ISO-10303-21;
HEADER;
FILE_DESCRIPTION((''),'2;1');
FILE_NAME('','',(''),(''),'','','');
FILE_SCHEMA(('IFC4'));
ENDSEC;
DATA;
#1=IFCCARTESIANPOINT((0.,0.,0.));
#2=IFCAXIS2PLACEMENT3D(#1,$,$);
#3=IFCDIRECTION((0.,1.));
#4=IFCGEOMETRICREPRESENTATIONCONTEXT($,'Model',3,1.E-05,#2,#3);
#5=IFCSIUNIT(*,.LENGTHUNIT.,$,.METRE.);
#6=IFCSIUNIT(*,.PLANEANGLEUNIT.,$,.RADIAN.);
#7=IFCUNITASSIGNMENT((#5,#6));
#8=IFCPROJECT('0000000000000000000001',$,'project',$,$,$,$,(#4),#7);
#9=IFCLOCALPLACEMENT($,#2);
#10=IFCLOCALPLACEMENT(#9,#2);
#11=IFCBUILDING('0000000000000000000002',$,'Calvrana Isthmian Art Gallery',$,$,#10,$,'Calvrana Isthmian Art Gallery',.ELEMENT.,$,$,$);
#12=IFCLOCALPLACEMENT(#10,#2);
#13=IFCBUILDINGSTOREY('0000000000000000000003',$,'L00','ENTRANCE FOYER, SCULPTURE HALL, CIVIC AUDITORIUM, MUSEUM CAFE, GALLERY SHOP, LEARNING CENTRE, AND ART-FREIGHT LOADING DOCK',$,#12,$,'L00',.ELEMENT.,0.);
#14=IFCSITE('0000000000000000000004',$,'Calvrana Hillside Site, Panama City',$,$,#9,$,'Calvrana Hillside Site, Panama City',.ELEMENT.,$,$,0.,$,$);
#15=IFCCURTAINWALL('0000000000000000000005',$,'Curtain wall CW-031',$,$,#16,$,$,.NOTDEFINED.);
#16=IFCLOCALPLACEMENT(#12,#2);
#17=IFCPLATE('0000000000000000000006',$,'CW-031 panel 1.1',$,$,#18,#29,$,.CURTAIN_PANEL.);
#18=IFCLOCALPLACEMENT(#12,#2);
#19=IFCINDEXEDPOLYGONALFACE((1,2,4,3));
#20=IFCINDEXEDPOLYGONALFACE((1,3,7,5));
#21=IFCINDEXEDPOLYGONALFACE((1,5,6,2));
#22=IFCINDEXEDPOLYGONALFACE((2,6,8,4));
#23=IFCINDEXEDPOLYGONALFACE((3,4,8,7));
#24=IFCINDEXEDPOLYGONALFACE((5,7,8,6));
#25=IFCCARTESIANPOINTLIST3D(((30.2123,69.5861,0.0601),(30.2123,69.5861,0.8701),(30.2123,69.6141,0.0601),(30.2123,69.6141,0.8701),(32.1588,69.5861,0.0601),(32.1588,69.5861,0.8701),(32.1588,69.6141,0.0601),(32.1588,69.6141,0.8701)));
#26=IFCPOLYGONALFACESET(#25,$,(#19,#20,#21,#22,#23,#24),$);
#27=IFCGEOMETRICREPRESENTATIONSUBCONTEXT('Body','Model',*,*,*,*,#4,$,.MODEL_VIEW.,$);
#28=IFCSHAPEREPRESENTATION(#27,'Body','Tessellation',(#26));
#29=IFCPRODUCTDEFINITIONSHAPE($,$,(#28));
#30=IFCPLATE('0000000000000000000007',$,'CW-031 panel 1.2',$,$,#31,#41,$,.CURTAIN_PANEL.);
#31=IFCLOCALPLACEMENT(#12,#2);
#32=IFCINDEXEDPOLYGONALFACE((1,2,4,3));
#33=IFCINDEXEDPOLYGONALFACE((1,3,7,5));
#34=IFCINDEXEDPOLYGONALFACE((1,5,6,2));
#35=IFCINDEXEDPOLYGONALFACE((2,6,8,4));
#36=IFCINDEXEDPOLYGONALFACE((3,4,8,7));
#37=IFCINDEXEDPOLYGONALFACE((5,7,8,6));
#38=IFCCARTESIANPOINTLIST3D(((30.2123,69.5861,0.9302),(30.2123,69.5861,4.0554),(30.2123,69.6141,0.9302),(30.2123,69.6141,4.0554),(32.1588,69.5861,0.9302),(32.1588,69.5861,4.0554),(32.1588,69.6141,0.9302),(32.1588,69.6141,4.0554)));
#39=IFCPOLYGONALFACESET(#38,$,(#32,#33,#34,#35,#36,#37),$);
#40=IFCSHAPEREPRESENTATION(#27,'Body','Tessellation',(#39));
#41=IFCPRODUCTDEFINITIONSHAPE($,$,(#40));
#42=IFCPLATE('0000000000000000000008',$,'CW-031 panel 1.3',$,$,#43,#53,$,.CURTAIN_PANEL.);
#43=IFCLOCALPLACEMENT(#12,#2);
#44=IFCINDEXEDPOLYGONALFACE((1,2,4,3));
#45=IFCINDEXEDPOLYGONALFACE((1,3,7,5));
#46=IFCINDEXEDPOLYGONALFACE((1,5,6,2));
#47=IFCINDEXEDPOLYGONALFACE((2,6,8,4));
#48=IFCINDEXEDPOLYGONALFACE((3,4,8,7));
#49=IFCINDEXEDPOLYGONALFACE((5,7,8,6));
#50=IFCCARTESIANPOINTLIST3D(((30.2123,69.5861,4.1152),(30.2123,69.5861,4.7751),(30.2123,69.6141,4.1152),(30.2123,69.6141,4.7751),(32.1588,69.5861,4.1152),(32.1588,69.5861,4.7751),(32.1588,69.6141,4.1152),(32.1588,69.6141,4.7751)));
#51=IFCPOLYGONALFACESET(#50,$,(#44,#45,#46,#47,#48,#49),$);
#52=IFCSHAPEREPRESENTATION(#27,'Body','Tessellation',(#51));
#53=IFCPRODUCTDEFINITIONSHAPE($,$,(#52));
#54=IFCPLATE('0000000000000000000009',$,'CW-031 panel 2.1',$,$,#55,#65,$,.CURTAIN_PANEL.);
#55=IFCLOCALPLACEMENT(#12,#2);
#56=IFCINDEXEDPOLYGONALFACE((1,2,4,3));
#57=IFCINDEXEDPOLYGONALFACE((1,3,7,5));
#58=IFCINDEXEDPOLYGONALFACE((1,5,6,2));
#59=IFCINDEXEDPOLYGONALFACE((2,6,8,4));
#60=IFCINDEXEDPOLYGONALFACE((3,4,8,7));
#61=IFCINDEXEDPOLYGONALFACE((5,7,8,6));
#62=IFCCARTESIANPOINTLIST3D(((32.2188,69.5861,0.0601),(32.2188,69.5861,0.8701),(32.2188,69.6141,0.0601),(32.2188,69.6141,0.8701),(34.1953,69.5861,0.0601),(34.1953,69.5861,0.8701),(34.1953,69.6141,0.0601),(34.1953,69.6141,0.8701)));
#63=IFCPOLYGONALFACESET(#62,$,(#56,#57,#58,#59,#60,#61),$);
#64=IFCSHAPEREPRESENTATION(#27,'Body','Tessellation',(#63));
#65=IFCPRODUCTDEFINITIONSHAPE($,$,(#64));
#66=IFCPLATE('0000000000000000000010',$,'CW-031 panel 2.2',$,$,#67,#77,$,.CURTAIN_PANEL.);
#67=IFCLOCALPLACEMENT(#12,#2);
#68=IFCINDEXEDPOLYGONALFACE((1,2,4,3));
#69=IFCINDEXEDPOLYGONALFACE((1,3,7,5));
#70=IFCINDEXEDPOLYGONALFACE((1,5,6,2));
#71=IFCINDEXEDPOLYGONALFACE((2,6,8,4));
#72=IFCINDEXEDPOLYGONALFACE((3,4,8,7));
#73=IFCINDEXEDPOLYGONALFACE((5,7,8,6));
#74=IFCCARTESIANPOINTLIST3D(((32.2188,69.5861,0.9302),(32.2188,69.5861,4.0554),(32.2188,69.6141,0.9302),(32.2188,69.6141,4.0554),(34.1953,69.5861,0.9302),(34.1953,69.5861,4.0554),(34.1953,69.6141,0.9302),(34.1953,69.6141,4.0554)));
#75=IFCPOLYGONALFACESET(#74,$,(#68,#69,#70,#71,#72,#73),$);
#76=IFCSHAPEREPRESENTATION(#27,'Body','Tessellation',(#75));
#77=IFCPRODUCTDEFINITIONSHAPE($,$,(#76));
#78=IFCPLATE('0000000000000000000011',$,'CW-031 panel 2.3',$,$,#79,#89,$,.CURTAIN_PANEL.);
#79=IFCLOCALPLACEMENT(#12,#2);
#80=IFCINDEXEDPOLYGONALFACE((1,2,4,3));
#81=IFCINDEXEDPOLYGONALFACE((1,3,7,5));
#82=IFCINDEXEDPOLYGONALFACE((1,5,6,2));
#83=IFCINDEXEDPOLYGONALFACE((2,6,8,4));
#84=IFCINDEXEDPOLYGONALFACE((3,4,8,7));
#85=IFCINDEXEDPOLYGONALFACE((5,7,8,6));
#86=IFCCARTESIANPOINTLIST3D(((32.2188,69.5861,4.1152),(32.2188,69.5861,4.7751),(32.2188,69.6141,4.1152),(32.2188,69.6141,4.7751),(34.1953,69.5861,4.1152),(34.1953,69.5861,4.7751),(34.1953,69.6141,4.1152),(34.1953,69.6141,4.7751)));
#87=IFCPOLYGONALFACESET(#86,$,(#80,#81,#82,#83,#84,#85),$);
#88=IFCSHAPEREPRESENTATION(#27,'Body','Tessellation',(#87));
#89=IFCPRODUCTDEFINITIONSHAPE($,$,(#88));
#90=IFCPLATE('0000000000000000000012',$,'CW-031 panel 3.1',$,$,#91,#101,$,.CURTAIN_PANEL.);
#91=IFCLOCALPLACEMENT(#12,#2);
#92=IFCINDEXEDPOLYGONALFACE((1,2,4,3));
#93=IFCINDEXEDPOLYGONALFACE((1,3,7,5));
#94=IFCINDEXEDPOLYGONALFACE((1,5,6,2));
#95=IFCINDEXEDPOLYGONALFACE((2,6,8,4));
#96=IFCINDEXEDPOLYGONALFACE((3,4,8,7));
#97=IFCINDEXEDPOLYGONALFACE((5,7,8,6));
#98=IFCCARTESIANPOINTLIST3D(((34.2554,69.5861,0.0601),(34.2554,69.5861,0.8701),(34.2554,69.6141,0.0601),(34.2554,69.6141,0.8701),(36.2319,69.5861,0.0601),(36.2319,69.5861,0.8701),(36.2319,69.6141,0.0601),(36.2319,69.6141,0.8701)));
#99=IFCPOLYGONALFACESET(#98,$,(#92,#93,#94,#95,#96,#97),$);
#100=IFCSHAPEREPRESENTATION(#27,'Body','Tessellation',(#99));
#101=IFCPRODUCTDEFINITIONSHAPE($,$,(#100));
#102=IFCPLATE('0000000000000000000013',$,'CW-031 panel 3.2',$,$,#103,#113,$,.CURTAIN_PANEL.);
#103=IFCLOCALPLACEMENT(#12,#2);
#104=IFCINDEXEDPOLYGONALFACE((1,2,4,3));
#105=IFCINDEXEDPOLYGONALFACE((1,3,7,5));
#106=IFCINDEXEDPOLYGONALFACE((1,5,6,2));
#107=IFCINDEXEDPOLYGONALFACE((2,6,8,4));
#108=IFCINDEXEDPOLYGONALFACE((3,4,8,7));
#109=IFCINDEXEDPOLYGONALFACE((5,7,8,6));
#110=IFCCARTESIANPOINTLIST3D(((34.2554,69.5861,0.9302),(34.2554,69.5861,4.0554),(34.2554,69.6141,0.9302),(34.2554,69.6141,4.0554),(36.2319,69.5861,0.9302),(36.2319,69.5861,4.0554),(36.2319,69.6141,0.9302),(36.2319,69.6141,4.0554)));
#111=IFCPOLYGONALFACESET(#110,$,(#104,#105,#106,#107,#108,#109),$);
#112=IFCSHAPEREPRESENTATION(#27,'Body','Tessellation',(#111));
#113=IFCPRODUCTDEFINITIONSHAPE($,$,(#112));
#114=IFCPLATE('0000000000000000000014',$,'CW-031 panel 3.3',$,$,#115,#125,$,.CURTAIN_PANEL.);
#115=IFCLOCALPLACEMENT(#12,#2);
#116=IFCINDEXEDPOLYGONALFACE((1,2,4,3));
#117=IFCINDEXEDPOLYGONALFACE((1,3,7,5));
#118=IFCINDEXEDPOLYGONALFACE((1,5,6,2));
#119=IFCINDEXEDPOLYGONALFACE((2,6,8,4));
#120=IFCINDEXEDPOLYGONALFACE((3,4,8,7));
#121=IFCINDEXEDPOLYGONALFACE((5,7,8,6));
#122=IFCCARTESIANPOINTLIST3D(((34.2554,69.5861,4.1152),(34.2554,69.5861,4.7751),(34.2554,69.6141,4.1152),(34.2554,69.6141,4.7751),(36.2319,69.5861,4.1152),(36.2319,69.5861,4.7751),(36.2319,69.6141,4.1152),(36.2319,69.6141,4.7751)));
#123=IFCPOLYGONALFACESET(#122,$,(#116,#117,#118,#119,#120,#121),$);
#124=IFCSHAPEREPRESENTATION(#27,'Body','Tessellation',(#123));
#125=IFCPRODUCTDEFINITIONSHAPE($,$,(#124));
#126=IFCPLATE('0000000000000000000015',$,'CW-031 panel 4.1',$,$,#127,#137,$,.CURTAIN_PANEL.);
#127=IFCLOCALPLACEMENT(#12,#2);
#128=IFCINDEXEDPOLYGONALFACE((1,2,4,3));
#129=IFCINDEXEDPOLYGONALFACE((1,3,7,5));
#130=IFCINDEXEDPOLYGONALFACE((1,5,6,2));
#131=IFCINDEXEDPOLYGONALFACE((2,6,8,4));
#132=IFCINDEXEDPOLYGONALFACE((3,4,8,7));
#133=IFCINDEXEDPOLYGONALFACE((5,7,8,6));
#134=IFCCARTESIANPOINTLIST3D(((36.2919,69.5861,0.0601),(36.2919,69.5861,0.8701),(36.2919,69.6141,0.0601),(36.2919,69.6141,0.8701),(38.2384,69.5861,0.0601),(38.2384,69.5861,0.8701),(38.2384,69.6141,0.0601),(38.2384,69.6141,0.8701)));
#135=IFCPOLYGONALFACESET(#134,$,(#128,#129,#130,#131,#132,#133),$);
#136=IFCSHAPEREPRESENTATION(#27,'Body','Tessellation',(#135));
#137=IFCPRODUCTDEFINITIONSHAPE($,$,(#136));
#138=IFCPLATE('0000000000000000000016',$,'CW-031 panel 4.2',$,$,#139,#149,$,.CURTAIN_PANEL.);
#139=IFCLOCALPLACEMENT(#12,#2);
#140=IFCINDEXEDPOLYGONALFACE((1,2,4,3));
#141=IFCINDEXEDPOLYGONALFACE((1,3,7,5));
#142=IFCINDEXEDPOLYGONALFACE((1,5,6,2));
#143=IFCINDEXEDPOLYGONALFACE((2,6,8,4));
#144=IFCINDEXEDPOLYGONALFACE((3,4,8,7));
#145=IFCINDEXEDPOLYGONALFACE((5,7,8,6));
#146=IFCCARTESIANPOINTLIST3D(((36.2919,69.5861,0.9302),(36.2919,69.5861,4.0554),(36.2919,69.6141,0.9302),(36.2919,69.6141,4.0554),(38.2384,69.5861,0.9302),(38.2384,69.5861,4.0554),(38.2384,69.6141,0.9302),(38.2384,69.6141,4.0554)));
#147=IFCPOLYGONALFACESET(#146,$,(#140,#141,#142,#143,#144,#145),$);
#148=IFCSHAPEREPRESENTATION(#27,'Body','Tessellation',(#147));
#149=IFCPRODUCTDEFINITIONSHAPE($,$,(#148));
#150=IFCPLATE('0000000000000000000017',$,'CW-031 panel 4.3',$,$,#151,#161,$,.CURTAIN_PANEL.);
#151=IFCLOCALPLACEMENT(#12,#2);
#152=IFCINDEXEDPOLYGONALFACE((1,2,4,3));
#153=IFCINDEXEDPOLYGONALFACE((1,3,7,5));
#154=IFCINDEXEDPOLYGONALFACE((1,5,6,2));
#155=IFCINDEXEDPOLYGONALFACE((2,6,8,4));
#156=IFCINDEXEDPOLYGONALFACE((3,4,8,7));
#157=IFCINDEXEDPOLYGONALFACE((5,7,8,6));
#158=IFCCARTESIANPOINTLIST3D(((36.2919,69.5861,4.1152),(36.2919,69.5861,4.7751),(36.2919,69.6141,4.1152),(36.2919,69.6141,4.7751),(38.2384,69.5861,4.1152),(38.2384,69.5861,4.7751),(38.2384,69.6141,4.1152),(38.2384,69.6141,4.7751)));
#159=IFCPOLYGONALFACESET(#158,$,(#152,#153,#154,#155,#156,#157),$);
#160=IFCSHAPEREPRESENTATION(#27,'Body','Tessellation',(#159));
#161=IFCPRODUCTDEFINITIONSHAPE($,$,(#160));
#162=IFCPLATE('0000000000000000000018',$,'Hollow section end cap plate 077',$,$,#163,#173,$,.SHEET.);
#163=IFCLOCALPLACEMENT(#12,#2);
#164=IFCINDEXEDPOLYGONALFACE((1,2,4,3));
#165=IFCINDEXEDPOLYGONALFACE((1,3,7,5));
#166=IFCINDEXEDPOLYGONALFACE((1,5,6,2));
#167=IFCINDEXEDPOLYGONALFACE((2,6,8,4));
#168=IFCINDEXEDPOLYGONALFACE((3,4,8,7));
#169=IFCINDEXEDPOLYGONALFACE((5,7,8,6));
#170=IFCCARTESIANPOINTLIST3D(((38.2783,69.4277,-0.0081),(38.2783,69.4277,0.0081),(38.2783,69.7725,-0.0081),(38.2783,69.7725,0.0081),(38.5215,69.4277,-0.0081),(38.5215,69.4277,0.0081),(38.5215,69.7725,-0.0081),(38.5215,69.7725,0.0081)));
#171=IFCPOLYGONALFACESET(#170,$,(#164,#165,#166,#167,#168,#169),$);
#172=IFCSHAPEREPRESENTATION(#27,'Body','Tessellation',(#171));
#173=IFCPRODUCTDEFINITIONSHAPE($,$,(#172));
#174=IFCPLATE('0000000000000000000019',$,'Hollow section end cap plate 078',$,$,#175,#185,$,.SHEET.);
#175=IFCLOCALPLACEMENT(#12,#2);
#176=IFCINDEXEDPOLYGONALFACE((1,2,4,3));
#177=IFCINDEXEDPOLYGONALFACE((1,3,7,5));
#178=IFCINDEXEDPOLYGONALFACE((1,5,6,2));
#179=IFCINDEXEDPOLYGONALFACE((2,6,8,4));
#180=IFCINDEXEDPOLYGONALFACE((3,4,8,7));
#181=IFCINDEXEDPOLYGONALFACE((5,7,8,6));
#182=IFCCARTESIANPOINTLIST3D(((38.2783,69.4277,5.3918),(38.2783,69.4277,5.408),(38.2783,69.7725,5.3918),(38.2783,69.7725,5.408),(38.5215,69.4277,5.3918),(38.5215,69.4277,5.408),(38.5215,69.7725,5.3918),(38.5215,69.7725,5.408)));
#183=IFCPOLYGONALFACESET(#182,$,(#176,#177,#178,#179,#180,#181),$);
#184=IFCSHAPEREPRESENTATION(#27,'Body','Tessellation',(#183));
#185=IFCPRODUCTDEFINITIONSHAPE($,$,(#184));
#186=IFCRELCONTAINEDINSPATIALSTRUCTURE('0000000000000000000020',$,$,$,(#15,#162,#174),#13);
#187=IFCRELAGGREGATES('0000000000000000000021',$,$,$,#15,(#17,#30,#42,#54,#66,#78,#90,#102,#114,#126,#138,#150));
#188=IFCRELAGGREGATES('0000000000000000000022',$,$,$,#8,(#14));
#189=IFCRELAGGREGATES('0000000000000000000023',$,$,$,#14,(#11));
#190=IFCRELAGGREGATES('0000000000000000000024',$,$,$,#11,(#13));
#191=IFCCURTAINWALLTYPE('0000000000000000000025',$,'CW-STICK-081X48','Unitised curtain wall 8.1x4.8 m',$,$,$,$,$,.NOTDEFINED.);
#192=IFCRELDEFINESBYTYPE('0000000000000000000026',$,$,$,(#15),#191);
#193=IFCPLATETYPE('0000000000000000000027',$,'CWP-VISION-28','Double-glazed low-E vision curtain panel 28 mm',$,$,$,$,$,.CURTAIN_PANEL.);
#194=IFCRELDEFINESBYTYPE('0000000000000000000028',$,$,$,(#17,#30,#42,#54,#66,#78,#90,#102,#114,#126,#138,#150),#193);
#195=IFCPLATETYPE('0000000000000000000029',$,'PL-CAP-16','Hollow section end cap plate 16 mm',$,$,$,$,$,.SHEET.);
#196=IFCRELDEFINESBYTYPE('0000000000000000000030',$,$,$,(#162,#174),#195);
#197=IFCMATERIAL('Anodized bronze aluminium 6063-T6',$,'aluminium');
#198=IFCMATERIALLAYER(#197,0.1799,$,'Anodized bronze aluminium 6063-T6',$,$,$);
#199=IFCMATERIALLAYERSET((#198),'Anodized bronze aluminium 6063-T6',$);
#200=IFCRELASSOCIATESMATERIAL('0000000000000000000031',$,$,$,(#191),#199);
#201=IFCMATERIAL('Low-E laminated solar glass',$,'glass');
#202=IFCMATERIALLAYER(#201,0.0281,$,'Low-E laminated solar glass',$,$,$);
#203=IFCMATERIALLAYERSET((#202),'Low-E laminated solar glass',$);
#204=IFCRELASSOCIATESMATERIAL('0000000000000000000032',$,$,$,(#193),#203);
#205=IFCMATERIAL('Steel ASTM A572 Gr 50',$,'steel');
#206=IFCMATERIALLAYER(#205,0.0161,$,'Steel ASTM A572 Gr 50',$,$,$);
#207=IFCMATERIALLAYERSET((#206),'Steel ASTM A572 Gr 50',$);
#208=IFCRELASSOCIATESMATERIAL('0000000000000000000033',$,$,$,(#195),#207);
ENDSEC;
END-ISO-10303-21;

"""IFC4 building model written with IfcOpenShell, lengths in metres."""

from ifc_helpers import new_model, si_unit, direction, frame, origin, origin_2d, place, context, subcontext, project, spatial, rectangle, extrude, material, layer, layer_set, type_object, element, aggregate, save


model = new_model("IFC4")

# Units and contexts
model_context = context("Model", 3, precision=1e-05, world=origin(), true_north=direction((0.0, 1.0)))
body_context = subcontext(model_context, "Body", "Model", "MODEL_VIEW")
ifc_project = project(units=[si_unit("LENGTHUNIT", "METRE"), si_unit("PLANEANGLEUNIT", "RADIAN")], contexts=[model_context])

# Site, building, storey
site_placement = place(None, origin())
site = spatial("IfcSite", under=ifc_project, at=site_placement, Name="Calvrana Hillside Site, Panama City", LongName="Calvrana Hillside Site, Panama City", CompositionType="ELEMENT", RefElevation=0.0)
building_placement = place(site_placement, origin())
building = spatial("IfcBuilding", under=site, at=building_placement, Name="Calvrana Isthmian Art Gallery", LongName="Calvrana Isthmian Art Gallery", CompositionType="ELEMENT")
storey_placement = place(building_placement, origin())
storey = spatial("IfcBuildingStorey", under=building, at=storey_placement, Name="L00", Description="ENTRANCE FOYER, SCULPTURE HALL, CIVIC AUDITORIUM, MUSEUM CAFE, GALLERY SHOP, LEARNING CENTRE, AND ART-FREIGHT LOADING DOCK", LongName="L00", CompositionType="ELEMENT", Elevation=0.0)

# Curtain wall, plates
ifc_material_1 = material(Name="Anodized bronze aluminium 6063-T6", Category="aluminium")
ifc_layer_1 = layer(ifc_material_1, 0.1799, Name="Anodized bronze aluminium 6063-T6")
ifc_layer_set_1 = layer_set([ifc_layer_1], Name="Anodized bronze aluminium 6063-T6")
curtain_wall_type = type_object("IfcCurtainWallType", Name="CW-STICK-081X48", Description="Unitised curtain wall 8.1x4.8 m", PredefinedType="NOTDEFINED", material=ifc_layer_set_1)
curtain_wall_placement = place(storey_placement, origin())
curtain_wall = element("IfcCurtainWall", 1, at=curtain_wall_placement, inside=storey, type_object=curtain_wall_type, Name="Curtain wall CW-031", PredefinedType="NOTDEFINED")
ifc_material_2 = material(Name="Low-E laminated solar glass", Category="glass")
ifc_layer_2 = layer(ifc_material_2, 0.0281, Name="Low-E laminated solar glass")
ifc_layer_set_2 = layer_set([ifc_layer_2], Name="Low-E laminated solar glass")
plate_type_1 = type_object("IfcPlateType", Name="CWP-VISION-28", Description="Double-glazed low-E vision curtain panel 28 mm", PredefinedType="CURTAIN_PANEL", material=ifc_layer_set_2)
plate_1_placement = place(storey_placement, frame((31.1855, 69.6001, 0.0601), z_axis=(0.0, 0.0, 1.0), x_axis=(1.0, 0.0, 0.0)))
plate_1 = element("IfcPlate", 2, at=plate_1_placement, type_object=plate_type_1, Name="CW-031 panel 1.1", PredefinedType="CURTAIN_PANEL", context=body_context, shape_type="SweptSolid", body=[
    extrude(rectangle(XDim=1.9465, YDim=0.0281, at=origin_2d()), origin(), (0.0, 0.0, 1.0), 0.8101),
])
plate_2_placement = place(storey_placement, frame((31.1855, 69.6001, 0.9302), z_axis=(0.0, 0.0, 1.0), x_axis=(1.0, 0.0, 0.0)))
plate_2 = element("IfcPlate", 3, at=plate_2_placement, type_object=plate_type_1, Name="CW-031 panel 1.2", PredefinedType="CURTAIN_PANEL", context=body_context, shape_type="SweptSolid", body=[
    extrude(rectangle(XDim=1.9465, YDim=0.0281, at=origin_2d()), origin(), (0.0, 0.0, 1.0), 3.1252),
])
plate_3_placement = place(storey_placement, frame((31.1855, 69.6001, 4.1152), z_axis=(0.0, 0.0, 1.0), x_axis=(1.0, 0.0, 0.0)))
plate_3 = element("IfcPlate", 4, at=plate_3_placement, type_object=plate_type_1, Name="CW-031 panel 1.3", PredefinedType="CURTAIN_PANEL", context=body_context, shape_type="SweptSolid", body=[
    extrude(rectangle(XDim=1.9465, YDim=0.0281, at=origin_2d()), origin(), (0.0, 0.0, 1.0), 0.6599),
])
plate_4_placement = place(storey_placement, frame((33.207, 69.6001, 0.0601), z_axis=(0.0, 0.0, 1.0), x_axis=(1.0, 0.0, 0.0)))
plate_4 = element("IfcPlate", 5, at=plate_4_placement, type_object=plate_type_1, Name="CW-031 panel 2.1", PredefinedType="CURTAIN_PANEL", context=body_context, shape_type="SweptSolid", body=[
    extrude(rectangle(XDim=1.9766, YDim=0.0281, at=origin_2d()), origin(), (0.0, 0.0, 1.0), 0.8101),
])
plate_5_placement = place(storey_placement, frame((33.207, 69.6001, 0.9302), z_axis=(0.0, 0.0, 1.0), x_axis=(1.0, 0.0, 0.0)))
plate_5 = element("IfcPlate", 6, at=plate_5_placement, type_object=plate_type_1, Name="CW-031 panel 2.2", PredefinedType="CURTAIN_PANEL", context=body_context, shape_type="SweptSolid", body=[
    extrude(rectangle(XDim=1.9766, YDim=0.0281, at=origin_2d()), origin(), (0.0, 0.0, 1.0), 3.1252),
])
plate_6_placement = place(storey_placement, frame((33.207, 69.6001, 4.1152), z_axis=(0.0, 0.0, 1.0), x_axis=(1.0, 0.0, 0.0)))
plate_6 = element("IfcPlate", 7, at=plate_6_placement, type_object=plate_type_1, Name="CW-031 panel 2.3", PredefinedType="CURTAIN_PANEL", context=body_context, shape_type="SweptSolid", body=[
    extrude(rectangle(XDim=1.9766, YDim=0.0281, at=origin_2d()), origin(), (0.0, 0.0, 1.0), 0.6599),
])
plate_7_placement = place(storey_placement, frame((35.2437, 69.6001, 0.0601), z_axis=(0.0, 0.0, 1.0), x_axis=(1.0, 0.0, 0.0)))
plate_7 = element("IfcPlate", 8, at=plate_7_placement, type_object=plate_type_1, Name="CW-031 panel 3.1", PredefinedType="CURTAIN_PANEL", context=body_context, shape_type="SweptSolid", body=[
    extrude(rectangle(XDim=1.9766, YDim=0.0281, at=origin_2d()), origin(), (0.0, 0.0, 1.0), 0.8101),
])
plate_8_placement = place(storey_placement, frame((35.2437, 69.6001, 0.9302), z_axis=(0.0, 0.0, 1.0), x_axis=(1.0, 0.0, 0.0)))
plate_8 = element("IfcPlate", 9, at=plate_8_placement, type_object=plate_type_1, Name="CW-031 panel 3.2", PredefinedType="CURTAIN_PANEL", context=body_context, shape_type="SweptSolid", body=[
    extrude(rectangle(XDim=1.9766, YDim=0.0281, at=origin_2d()), origin(), (0.0, 0.0, 1.0), 3.1252),
])
plate_9_placement = place(storey_placement, frame((35.2437, 69.6001, 4.1152), z_axis=(0.0, 0.0, 1.0), x_axis=(1.0, 0.0, 0.0)))
plate_9 = element("IfcPlate", 10, at=plate_9_placement, type_object=plate_type_1, Name="CW-031 panel 3.3", PredefinedType="CURTAIN_PANEL", context=body_context, shape_type="SweptSolid", body=[
    extrude(rectangle(XDim=1.9766, YDim=0.0281, at=origin_2d()), origin(), (0.0, 0.0, 1.0), 0.6599),
])
plate_10_placement = place(storey_placement, frame((37.2651, 69.6001, 0.0601), z_axis=(0.0, 0.0, 1.0), x_axis=(1.0, 0.0, 0.0)))
plate_10 = element("IfcPlate", 11, at=plate_10_placement, type_object=plate_type_1, Name="CW-031 panel 4.1", PredefinedType="CURTAIN_PANEL", context=body_context, shape_type="SweptSolid", body=[
    extrude(rectangle(XDim=1.9465, YDim=0.0281, at=origin_2d()), origin(), (0.0, 0.0, 1.0), 0.8101),
])
plate_11_placement = place(storey_placement, frame((37.2651, 69.6001, 0.9302), z_axis=(0.0, 0.0, 1.0), x_axis=(1.0, 0.0, 0.0)))
plate_11 = element("IfcPlate", 12, at=plate_11_placement, type_object=plate_type_1, Name="CW-031 panel 4.2", PredefinedType="CURTAIN_PANEL", context=body_context, shape_type="SweptSolid", body=[
    extrude(rectangle(XDim=1.9465, YDim=0.0281, at=origin_2d()), origin(), (0.0, 0.0, 1.0), 3.1252),
])
plate_12_placement = place(storey_placement, frame((37.2651, 69.6001, 4.1152), z_axis=(0.0, 0.0, 1.0), x_axis=(1.0, 0.0, 0.0)))
plate_12 = element("IfcPlate", 13, at=plate_12_placement, type_object=plate_type_1, Name="CW-031 panel 4.3", PredefinedType="CURTAIN_PANEL", context=body_context, shape_type="SweptSolid", body=[
    extrude(rectangle(XDim=1.9465, YDim=0.0281, at=origin_2d()), origin(), (0.0, 0.0, 1.0), 0.6599),
])
aggregate(curtain_wall, [plate_1, plate_2, plate_3, plate_4, plate_5, plate_6, plate_7, plate_8, plate_9, plate_10, plate_11, plate_12])

# Plates
ifc_material_3 = material(Name="Steel ASTM A572 Gr 50", Category="steel")
ifc_layer_3 = layer(ifc_material_3, 0.0161, Name="Steel ASTM A572 Gr 50")
ifc_layer_set_3 = layer_set([ifc_layer_3], Name="Steel ASTM A572 Gr 50")
plate_type_2 = type_object("IfcPlateType", Name="PL-CAP-16", Description="Hollow section end cap plate 16 mm", PredefinedType="SHEET", material=ifc_layer_set_3)
for number, where, z_axis, x_axis, name in (
    (14, (38.3999, 69.6001, -0.0081), (0.0, 0.0, 1.0), (1.0, 0.0, 0.0), "Hollow section end cap plate 077"),
    (15, (38.3999, 69.6001, 5.3918), (0.0, 0.0, 1.0), (1.0, 0.0, 0.0), "Hollow section end cap plate 078"),
):
    element("IfcPlate", number, at=place(storey_placement, frame(where, z_axis=z_axis, x_axis=x_axis)), inside=storey, type_object=plate_type_2, Name=name, PredefinedType="SHEET", context=body_context, shape_type="SweptSolid", body=[
        extrude(rectangle(XDim=0.2432, YDim=0.3447, at=origin_2d()), origin(), (0.0, 0.0, 1.0), 0.0161),
    ])

save(model, "model.ifc")
